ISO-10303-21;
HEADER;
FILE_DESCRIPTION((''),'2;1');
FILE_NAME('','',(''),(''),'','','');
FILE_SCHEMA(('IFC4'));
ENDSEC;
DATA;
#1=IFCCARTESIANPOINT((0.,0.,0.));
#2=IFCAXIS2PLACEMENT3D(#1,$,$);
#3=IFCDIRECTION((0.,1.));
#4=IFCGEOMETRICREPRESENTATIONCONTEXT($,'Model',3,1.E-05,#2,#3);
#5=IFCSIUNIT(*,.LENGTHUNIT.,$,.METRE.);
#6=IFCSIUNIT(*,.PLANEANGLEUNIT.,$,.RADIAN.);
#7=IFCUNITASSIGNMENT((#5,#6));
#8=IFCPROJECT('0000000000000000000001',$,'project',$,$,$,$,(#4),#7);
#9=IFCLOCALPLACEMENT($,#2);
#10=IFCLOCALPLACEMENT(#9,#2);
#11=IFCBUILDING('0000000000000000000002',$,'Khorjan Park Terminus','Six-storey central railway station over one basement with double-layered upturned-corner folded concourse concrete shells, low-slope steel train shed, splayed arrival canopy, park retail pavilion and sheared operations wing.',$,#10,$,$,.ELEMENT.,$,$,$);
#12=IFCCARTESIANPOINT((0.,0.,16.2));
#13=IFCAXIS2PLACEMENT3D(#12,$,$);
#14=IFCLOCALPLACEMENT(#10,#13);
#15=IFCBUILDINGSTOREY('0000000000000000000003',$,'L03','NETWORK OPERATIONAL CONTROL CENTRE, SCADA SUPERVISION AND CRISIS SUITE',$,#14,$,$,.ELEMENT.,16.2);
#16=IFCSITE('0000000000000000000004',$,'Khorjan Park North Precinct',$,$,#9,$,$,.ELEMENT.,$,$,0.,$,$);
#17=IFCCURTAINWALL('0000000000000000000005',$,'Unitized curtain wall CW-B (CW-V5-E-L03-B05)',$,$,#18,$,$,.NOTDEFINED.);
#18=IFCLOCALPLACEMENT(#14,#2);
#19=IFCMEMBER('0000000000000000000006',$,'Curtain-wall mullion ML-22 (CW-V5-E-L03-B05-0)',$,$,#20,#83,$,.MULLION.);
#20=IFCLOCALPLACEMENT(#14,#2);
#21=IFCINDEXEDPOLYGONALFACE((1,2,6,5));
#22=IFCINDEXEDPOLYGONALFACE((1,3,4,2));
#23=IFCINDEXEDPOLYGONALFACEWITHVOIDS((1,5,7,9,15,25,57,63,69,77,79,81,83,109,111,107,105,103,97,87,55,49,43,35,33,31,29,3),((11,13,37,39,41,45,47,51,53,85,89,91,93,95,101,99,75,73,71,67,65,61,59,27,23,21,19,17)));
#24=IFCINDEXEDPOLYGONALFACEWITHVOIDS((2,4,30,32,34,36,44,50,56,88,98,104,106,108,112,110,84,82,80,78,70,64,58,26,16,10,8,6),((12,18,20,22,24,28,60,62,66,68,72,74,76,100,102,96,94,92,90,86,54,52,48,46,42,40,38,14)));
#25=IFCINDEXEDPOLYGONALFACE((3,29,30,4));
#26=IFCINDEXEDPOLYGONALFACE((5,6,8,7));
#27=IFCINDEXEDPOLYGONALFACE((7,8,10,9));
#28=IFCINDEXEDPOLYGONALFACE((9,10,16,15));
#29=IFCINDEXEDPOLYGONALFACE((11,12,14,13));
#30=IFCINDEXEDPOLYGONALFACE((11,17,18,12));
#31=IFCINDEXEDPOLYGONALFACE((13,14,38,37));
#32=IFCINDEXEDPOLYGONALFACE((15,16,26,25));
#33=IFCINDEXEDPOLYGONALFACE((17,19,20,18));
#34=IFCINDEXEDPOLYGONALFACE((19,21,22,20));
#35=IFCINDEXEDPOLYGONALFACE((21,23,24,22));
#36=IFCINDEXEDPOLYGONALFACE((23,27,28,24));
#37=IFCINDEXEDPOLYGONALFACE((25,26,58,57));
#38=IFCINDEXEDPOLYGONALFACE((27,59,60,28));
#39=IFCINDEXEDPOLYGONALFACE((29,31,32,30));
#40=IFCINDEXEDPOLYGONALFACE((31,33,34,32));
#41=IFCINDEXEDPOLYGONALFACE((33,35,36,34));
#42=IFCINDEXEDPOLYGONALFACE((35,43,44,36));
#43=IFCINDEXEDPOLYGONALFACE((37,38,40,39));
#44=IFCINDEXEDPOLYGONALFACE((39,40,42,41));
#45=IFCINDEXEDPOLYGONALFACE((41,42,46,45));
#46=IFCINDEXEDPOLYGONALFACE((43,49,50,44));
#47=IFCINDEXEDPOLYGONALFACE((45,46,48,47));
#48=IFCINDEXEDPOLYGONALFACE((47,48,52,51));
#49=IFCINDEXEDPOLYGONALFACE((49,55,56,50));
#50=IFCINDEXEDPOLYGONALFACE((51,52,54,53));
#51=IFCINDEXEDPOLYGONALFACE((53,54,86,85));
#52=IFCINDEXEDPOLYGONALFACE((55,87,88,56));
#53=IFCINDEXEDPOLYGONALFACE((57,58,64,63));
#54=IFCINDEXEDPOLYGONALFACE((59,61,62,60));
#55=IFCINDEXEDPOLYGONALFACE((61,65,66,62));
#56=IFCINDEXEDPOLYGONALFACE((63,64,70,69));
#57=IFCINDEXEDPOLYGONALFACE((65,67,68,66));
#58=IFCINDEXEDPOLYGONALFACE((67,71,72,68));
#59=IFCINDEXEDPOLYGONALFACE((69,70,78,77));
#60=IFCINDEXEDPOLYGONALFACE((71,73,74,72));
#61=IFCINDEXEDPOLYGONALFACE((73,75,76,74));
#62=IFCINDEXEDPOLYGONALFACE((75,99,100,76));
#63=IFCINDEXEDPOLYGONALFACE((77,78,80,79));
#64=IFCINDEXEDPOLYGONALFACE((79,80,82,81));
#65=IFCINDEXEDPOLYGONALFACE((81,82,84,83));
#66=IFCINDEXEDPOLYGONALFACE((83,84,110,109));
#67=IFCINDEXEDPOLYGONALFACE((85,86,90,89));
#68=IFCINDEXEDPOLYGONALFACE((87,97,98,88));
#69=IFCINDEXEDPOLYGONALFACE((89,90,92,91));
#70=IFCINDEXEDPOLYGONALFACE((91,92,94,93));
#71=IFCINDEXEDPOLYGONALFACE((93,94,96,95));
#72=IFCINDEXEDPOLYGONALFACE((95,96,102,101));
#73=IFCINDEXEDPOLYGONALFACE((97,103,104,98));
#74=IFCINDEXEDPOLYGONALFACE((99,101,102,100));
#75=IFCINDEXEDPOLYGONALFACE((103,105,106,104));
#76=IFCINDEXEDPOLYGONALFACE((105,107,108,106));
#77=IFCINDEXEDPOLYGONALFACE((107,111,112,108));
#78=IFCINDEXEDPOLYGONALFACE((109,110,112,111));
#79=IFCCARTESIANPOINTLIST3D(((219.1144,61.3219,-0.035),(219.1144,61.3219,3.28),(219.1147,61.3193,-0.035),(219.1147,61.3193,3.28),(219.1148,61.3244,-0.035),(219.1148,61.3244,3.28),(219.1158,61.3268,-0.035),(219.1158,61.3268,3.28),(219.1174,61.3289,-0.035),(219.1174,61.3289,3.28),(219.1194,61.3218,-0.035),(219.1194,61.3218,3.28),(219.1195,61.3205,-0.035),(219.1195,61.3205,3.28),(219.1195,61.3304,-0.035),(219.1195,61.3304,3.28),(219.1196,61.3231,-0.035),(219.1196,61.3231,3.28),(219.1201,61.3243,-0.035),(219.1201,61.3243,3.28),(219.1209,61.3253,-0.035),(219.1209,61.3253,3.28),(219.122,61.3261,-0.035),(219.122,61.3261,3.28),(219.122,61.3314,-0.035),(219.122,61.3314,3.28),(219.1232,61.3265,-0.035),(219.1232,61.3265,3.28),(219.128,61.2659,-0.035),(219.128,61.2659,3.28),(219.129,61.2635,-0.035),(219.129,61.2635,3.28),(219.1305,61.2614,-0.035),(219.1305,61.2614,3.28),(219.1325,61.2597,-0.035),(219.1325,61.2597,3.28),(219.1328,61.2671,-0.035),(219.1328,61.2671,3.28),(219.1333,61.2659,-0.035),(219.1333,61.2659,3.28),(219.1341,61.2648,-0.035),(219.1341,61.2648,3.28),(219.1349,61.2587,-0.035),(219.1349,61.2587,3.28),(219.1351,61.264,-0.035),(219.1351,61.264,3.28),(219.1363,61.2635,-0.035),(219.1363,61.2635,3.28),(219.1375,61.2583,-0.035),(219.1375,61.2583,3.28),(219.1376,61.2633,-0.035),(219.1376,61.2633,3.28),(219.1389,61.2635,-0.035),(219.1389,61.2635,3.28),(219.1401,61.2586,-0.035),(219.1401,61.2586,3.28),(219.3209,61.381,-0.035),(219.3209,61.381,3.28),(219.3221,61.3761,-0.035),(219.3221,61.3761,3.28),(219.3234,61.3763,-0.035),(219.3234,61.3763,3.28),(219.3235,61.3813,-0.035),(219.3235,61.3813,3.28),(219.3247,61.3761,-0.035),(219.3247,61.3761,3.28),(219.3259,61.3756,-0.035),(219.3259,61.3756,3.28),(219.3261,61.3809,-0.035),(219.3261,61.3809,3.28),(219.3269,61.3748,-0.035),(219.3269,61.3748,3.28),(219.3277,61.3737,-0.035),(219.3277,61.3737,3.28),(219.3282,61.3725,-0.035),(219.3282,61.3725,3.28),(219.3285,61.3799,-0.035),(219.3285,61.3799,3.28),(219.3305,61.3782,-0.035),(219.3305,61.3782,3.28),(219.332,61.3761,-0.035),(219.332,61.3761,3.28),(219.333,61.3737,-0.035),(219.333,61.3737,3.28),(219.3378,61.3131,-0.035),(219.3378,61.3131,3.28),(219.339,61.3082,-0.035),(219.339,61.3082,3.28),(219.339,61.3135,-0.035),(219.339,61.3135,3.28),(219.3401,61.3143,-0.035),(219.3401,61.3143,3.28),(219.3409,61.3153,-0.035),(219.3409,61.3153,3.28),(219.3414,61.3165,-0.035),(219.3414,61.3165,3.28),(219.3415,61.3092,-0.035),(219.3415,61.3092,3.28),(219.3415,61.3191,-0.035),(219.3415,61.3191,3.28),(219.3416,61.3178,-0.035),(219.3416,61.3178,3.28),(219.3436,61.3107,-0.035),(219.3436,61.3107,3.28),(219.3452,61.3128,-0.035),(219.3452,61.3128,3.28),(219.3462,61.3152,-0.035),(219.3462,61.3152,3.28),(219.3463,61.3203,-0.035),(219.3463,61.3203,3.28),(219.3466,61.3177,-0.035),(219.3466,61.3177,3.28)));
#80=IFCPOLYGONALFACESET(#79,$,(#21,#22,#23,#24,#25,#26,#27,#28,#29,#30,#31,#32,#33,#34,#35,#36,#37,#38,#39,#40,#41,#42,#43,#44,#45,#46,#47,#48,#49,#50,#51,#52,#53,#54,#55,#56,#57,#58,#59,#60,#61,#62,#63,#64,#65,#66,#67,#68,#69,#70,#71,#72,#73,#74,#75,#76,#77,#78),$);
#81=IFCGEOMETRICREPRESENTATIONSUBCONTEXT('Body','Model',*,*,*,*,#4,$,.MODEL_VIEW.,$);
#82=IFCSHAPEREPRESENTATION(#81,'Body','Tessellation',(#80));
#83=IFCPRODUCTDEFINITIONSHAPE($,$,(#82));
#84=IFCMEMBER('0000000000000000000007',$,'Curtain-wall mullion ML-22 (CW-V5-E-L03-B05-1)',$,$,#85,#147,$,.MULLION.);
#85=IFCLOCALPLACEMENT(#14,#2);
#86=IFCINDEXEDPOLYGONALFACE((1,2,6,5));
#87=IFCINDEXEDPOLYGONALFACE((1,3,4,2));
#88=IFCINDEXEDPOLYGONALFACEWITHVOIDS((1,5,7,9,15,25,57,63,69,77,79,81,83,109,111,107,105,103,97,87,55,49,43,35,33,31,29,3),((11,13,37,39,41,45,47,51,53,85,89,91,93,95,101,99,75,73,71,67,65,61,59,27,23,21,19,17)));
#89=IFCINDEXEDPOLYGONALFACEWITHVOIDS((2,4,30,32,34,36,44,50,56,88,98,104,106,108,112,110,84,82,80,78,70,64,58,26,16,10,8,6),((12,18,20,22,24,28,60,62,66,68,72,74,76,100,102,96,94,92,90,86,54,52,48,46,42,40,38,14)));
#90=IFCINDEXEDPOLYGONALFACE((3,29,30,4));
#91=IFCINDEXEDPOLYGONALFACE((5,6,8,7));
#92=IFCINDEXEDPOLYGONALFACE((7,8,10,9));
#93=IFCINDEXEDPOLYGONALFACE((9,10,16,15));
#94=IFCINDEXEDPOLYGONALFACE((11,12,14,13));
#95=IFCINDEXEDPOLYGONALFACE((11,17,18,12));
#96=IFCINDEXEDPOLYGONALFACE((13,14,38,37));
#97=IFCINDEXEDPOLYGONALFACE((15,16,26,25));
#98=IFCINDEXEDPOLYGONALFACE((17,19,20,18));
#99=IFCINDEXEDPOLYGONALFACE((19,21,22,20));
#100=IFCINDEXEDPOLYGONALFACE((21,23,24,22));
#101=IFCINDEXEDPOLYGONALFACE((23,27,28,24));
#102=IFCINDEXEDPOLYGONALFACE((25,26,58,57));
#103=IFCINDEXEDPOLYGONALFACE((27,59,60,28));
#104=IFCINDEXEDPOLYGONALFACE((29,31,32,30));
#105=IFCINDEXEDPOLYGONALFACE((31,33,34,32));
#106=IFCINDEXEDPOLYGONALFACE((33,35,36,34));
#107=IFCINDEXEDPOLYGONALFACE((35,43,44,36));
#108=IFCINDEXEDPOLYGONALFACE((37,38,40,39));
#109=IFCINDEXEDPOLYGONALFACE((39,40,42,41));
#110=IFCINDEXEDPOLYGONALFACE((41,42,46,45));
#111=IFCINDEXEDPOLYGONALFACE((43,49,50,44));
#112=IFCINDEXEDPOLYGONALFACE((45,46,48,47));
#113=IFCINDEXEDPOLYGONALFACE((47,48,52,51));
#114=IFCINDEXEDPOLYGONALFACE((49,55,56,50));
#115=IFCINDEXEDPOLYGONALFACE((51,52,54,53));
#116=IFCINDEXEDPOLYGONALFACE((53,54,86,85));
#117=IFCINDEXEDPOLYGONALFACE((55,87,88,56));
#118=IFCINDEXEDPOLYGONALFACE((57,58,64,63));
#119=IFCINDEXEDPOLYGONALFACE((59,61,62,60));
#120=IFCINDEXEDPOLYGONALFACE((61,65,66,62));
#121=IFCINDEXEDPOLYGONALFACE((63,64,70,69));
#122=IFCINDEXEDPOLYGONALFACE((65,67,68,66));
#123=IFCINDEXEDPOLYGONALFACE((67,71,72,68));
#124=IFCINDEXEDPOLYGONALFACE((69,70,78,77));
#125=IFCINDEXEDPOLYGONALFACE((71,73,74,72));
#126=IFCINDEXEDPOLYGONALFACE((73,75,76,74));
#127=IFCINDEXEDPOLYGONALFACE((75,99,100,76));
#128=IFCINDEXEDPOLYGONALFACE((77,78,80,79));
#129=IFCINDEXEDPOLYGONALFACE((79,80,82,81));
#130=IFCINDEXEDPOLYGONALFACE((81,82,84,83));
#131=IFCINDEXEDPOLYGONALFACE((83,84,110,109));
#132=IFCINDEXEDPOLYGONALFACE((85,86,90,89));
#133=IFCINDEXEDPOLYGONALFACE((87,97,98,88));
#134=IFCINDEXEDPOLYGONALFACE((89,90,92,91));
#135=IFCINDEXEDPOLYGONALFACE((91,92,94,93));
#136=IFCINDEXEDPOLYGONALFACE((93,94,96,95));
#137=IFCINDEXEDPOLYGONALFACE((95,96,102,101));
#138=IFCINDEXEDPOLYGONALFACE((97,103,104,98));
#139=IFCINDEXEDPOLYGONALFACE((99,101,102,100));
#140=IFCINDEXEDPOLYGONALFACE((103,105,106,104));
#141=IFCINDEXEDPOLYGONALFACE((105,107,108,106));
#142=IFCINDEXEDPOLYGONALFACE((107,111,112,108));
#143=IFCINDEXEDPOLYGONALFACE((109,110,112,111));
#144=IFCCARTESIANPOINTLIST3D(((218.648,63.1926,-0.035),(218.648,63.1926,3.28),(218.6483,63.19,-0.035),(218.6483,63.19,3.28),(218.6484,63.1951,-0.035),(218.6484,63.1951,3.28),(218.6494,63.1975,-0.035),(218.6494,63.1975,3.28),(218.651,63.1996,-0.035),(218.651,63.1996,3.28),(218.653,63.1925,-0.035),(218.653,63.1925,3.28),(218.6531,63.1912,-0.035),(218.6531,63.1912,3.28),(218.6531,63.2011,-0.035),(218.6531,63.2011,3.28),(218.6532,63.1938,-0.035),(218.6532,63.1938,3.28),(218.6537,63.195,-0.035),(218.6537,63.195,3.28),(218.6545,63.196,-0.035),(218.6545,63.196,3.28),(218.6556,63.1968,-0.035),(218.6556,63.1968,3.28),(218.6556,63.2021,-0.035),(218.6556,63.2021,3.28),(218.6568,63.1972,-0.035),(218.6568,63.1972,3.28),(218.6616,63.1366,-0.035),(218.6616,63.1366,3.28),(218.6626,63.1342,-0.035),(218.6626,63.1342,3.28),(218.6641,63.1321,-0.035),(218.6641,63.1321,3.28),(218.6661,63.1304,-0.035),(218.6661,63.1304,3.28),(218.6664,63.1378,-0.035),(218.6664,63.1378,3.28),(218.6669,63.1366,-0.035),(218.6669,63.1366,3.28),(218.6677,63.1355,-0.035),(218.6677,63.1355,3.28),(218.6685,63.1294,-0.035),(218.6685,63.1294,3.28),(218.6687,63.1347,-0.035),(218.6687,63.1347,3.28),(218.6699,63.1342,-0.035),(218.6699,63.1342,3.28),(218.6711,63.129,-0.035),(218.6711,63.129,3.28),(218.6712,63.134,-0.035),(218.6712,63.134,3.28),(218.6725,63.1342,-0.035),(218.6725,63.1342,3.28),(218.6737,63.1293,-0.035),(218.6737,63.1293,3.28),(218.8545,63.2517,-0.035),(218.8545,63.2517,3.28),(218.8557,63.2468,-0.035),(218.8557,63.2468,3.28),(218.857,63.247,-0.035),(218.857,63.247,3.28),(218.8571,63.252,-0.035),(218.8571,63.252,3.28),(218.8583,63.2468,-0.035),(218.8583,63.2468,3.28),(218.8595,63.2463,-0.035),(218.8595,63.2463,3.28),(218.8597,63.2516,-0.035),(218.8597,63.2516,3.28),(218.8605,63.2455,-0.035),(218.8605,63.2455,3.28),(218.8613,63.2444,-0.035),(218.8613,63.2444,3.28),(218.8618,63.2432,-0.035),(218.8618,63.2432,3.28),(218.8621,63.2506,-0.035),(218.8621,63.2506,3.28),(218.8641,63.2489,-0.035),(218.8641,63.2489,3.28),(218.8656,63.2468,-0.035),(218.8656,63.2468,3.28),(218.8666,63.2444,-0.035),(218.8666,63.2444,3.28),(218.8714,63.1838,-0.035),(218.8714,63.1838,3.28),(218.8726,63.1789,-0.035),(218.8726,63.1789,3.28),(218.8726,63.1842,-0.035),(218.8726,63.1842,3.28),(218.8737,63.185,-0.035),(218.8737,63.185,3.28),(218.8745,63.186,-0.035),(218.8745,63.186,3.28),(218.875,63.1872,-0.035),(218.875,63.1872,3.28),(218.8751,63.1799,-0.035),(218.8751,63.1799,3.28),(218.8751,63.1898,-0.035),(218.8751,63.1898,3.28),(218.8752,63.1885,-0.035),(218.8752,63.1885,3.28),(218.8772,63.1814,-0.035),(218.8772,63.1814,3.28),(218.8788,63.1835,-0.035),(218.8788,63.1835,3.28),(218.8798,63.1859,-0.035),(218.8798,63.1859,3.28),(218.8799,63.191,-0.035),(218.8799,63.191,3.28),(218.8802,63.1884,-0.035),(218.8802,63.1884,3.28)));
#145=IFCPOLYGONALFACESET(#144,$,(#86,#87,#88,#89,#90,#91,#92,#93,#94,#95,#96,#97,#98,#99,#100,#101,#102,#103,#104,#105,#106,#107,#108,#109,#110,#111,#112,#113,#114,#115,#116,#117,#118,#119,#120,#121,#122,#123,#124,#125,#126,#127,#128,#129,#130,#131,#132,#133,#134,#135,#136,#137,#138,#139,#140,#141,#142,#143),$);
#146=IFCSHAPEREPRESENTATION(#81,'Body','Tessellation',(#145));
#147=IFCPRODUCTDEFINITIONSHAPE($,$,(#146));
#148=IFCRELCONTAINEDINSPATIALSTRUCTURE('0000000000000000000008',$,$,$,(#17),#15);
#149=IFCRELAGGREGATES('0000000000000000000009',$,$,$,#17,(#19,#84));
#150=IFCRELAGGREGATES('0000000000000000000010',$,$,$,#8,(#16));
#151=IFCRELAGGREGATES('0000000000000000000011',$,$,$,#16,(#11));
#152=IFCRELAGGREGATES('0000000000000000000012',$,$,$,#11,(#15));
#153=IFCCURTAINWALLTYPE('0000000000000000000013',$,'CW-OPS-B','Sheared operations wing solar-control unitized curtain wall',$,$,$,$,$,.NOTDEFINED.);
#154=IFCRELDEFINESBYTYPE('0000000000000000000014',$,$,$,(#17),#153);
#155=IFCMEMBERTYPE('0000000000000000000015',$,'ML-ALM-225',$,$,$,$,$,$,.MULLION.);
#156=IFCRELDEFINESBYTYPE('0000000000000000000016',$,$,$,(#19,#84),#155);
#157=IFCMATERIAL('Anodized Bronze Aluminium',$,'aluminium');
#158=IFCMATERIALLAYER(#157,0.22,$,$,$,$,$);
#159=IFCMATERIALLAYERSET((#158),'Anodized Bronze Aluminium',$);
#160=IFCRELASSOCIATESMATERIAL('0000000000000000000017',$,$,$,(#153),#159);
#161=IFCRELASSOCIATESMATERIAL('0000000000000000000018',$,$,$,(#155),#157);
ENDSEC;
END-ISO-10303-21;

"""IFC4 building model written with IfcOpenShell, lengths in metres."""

from ifc_helpers import new_model, si_unit, direction, frame, origin, origin_2d, place, context, subcontext, project, spatial, hollow_rectangle, extrude, material, layer, layer_set, material_profile, profile_set, type_object, element, aggregate, save


model = new_model("IFC4")

# Units and contexts
model_context = context("Model", 3, precision=1e-05, world=origin(), true_north=direction((0.0, 1.0)))
body_context = subcontext(model_context, "Body", "Model", "MODEL_VIEW")
ifc_project = project(units=[si_unit("LENGTHUNIT", "METRE"), si_unit("PLANEANGLEUNIT", "RADIAN")], contexts=[model_context])

# Site, building, storey
site_placement = place(None, origin())
site = spatial("IfcSite", under=ifc_project, at=site_placement, Name="Khorjan Park North Precinct", CompositionType="ELEMENT", RefElevation=0.0)
building_placement = place(site_placement, origin())
building = spatial("IfcBuilding", under=site, at=building_placement, Name="Khorjan Park Terminus", Description="Six-storey central railway station over one basement with double-layered upturned-corner folded concourse concrete shells, low-slope steel train shed, splayed arrival canopy, park retail pavilion and sheared operations wing.", CompositionType="ELEMENT")
storey_placement = place(building_placement, frame((0.0, 0.0, 16.2)))
storey = spatial("IfcBuildingStorey", under=building, at=storey_placement, Name="L03", Description="NETWORK OPERATIONAL CONTROL CENTRE, SCADA SUPERVISION AND CRISIS SUITE", CompositionType="ELEMENT", Elevation=16.2)

# Curtain wall, members
ifc_material_1 = material(Name="Anodized Bronze Aluminium", Category="aluminium")
ifc_layer_1 = layer(ifc_material_1, 0.22)
ifc_layer_set_1 = layer_set([ifc_layer_1], Name="Anodized Bronze Aluminium")
curtain_wall_type = type_object("IfcCurtainWallType", Name="CW-OPS-B", Description="Sheared operations wing solar-control unitized curtain wall", PredefinedType="NOTDEFINED", material=ifc_layer_set_1)
curtain_wall_placement = place(storey_placement, origin())
curtain_wall = element("IfcCurtainWall", 1, at=curtain_wall_placement, inside=storey, type_object=curtain_wall_type, Name="Unitized curtain wall CW-B (CW-V5-E-L03-B05)", PredefinedType="NOTDEFINED")
ifc_material_profile_1 = material_profile(ifc_material_1, hollow_rectangle(XDim=0.075, YDim=0.225, WallThickness=0.005, InnerFilletRadius=0.005, OuterFilletRadius=0.01, at=origin_2d()), Name="ALM 75x225x5")
ifc_profile_set_1 = profile_set([ifc_material_profile_1], Name="Anodized Bronze Aluminium")
member_type_1 = type_object("IfcMemberType", Name="ML-ALM-225", PredefinedType="MULLION", material=ifc_profile_set_1)
member_1_placement = place(storey_placement, frame((219.2305, 61.3198, -0.035), z_axis=(0.0, 0.0, 1.0), x_axis=(-0.241935, 0.970292, 0.0)))
member_1 = element("IfcMember", 2, at=member_1_placement, type_object=member_type_1, Name="Curtain-wall mullion ML-22 (CW-V5-E-L03-B05-0)", PredefinedType="MULLION", context=body_context, shape_type="SweptSolid", body=[
    extrude(hollow_rectangle(XDim=0.075, YDim=0.225, WallThickness=0.005, InnerFilletRadius=0.005, OuterFilletRadius=0.01, at=origin_2d()), origin(), (0.0, 0.0, 1.0), 3.315),
])
member_2_placement = place(storey_placement, frame((218.7641, 63.1905, -0.035), z_axis=(0.0, 0.0, 1.0), x_axis=(-0.241935, 0.970292, 0.0)))
member_2 = element("IfcMember", 3, at=member_2_placement, type_object=member_type_1, Name="Curtain-wall mullion ML-22 (CW-V5-E-L03-B05-1)", PredefinedType="MULLION", context=body_context, shape_type="SweptSolid", body=[
    extrude(hollow_rectangle(XDim=0.075, YDim=0.225, WallThickness=0.005, InnerFilletRadius=0.005, OuterFilletRadius=0.01, at=origin_2d()), origin(), (0.0, 0.0, 1.0), 3.315),
])
aggregate(curtain_wall, [member_1, member_2])

save(model, "model.ifc")
